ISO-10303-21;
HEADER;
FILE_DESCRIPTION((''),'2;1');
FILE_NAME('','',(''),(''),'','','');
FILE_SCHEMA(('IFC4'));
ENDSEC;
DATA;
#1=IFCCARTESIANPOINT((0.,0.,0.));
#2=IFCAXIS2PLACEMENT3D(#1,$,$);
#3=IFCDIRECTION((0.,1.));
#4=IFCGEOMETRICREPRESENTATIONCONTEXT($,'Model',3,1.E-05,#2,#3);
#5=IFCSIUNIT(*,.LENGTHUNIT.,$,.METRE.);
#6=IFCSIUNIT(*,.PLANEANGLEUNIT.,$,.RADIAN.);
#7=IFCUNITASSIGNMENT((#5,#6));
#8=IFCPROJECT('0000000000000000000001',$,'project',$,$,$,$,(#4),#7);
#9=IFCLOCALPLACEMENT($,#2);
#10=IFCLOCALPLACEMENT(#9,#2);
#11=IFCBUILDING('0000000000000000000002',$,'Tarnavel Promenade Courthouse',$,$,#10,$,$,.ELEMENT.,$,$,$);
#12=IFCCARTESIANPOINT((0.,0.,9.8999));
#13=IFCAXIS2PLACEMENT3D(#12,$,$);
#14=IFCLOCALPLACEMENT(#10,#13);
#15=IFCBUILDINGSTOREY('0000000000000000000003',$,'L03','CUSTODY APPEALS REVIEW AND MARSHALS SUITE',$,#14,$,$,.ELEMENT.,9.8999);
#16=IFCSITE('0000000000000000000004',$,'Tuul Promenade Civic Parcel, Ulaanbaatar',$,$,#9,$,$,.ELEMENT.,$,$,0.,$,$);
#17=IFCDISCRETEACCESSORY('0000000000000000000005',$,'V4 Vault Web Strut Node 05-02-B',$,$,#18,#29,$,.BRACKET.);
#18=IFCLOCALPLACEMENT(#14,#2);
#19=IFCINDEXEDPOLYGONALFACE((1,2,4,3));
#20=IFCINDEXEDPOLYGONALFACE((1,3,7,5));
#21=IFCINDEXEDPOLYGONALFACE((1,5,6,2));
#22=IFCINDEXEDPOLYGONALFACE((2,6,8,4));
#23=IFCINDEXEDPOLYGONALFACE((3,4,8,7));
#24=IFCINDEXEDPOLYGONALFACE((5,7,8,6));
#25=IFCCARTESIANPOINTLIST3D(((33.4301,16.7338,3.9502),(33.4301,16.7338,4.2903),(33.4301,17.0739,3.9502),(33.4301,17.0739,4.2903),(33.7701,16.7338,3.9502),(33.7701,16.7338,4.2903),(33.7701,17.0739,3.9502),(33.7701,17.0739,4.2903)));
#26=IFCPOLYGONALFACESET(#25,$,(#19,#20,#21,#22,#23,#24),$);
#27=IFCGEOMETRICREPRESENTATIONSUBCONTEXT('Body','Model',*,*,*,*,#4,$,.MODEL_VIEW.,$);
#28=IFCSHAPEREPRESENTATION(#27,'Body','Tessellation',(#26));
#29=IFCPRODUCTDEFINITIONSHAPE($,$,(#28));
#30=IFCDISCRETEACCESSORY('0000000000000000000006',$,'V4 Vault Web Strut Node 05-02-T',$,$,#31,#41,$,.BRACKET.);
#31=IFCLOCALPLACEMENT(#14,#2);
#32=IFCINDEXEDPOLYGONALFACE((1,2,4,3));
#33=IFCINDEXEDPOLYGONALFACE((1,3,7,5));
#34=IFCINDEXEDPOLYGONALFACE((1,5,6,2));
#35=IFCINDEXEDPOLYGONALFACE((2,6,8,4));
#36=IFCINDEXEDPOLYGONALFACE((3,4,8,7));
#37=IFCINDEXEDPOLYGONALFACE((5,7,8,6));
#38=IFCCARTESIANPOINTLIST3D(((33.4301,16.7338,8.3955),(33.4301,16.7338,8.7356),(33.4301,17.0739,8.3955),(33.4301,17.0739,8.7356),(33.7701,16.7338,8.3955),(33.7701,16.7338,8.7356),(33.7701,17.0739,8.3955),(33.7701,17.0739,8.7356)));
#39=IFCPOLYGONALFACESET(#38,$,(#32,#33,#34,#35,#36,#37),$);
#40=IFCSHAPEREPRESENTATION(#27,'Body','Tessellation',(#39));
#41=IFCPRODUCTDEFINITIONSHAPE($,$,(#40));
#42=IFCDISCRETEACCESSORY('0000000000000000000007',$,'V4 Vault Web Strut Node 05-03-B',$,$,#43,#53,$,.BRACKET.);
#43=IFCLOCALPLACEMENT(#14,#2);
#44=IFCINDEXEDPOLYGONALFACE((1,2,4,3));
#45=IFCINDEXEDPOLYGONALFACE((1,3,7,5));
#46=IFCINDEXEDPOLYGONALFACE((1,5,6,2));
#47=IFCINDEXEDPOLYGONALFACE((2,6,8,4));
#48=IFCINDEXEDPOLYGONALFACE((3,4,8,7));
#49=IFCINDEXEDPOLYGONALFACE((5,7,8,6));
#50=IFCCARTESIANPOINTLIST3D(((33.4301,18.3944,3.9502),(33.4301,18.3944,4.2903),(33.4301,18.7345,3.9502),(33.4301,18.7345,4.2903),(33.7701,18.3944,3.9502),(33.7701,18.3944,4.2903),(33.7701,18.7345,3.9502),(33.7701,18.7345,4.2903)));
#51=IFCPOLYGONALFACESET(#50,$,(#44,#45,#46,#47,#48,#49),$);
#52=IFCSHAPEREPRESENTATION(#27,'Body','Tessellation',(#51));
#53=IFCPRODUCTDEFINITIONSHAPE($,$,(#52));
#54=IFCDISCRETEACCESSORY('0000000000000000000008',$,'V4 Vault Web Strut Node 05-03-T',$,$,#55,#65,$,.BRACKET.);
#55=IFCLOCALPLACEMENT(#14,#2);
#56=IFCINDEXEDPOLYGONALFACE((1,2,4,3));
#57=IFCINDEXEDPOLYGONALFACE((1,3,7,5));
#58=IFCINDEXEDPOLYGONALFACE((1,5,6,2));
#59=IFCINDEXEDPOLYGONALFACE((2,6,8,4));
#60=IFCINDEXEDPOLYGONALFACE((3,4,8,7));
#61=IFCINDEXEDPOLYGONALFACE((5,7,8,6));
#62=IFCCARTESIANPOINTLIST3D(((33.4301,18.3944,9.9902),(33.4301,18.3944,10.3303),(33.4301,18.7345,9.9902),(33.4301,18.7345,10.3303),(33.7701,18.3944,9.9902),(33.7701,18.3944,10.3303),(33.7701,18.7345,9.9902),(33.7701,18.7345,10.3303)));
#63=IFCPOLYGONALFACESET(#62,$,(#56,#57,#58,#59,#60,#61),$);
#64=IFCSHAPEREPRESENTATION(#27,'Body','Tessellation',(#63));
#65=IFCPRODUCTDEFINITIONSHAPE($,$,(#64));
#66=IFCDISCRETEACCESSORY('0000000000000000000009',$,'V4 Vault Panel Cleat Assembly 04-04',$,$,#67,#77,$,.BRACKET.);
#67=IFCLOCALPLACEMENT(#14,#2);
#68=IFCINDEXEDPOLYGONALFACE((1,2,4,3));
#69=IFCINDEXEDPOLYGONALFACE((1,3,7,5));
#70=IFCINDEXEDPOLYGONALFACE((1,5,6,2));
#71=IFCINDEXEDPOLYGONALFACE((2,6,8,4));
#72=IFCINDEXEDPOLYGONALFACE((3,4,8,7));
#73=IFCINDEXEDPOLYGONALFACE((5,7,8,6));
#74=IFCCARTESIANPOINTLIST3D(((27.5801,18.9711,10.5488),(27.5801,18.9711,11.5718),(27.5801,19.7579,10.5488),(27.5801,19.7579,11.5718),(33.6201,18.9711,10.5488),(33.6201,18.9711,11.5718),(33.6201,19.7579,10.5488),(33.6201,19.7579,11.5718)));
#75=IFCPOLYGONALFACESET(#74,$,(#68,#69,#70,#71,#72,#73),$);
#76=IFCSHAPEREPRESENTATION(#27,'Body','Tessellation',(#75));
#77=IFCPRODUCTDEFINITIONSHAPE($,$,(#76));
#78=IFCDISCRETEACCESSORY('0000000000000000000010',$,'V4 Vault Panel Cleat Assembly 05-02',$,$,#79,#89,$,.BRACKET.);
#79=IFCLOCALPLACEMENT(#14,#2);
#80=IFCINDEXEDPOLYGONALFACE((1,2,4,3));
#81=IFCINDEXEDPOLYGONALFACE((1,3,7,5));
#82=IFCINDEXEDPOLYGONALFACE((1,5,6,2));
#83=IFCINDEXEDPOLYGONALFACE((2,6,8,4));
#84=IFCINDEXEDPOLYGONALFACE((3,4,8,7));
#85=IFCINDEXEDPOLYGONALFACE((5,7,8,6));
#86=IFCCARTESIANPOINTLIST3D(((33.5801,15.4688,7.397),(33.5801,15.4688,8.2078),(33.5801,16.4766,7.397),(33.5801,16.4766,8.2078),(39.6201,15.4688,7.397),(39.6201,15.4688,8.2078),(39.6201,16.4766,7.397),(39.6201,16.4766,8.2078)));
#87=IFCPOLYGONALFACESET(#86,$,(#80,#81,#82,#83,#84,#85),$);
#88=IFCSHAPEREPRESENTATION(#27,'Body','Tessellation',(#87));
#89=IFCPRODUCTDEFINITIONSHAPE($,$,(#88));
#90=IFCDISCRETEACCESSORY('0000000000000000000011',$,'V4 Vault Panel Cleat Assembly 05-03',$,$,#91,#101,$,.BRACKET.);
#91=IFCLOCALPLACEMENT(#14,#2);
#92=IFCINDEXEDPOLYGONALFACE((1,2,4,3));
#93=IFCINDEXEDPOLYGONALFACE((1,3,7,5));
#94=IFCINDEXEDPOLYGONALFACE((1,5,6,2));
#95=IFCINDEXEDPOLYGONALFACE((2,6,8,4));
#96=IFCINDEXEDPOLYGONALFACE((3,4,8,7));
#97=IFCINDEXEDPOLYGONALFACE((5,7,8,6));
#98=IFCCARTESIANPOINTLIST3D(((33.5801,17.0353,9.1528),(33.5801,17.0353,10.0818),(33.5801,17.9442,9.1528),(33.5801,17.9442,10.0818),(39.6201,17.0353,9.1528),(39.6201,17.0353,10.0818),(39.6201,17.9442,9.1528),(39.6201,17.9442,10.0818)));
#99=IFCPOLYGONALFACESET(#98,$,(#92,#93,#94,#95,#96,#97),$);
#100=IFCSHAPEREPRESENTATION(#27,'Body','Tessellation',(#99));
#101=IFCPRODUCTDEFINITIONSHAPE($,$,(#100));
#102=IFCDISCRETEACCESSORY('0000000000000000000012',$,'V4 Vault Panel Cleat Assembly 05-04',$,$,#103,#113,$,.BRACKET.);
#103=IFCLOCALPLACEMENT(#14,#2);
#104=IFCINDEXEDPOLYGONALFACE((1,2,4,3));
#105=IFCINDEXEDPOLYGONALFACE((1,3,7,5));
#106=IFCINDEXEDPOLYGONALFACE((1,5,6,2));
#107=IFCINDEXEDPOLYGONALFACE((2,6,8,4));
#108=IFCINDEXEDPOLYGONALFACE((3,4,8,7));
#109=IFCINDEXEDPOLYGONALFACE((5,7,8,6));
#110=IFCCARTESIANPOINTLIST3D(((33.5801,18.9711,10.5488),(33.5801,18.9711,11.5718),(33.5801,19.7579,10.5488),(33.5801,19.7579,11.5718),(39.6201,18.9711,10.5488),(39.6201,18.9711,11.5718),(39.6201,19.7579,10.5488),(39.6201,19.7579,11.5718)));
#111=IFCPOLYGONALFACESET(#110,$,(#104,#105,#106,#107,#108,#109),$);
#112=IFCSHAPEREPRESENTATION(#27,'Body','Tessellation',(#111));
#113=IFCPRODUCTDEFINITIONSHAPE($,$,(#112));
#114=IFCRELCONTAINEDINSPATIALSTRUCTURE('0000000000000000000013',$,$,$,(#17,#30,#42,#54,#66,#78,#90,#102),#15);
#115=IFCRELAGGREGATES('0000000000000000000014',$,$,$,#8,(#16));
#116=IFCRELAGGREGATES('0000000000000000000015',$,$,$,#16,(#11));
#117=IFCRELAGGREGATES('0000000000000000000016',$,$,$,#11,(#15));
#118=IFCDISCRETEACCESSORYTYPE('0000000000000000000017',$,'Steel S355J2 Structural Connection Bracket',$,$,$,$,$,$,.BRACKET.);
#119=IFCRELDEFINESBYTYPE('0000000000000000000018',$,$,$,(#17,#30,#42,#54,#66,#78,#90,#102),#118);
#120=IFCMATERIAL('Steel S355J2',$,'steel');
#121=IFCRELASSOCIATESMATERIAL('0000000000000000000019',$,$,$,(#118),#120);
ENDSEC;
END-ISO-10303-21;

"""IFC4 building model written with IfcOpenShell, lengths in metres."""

from ifc_helpers import new_model, si_unit, direction, frame, origin, origin_2d, place, context, subcontext, project, spatial, rectangle, extrude, material, type_object, element, save


model = new_model("IFC4")

# Units and contexts
model_context = context("Model", 3, precision=1e-05, world=origin(), true_north=direction((0.0, 1.0)))
body_context = subcontext(model_context, "Body", "Model", "MODEL_VIEW")
ifc_project = project(units=[si_unit("LENGTHUNIT", "METRE"), si_unit("PLANEANGLEUNIT", "RADIAN")], contexts=[model_context])

# Site, building, storey
site_placement = place(None, origin())
site = spatial("IfcSite", under=ifc_project, at=site_placement, Name="Tuul Promenade Civic Parcel, Ulaanbaatar", CompositionType="ELEMENT", RefElevation=0.0)
building_placement = place(site_placement, origin())
building = spatial("IfcBuilding", under=site, at=building_placement, Name="Tarnavel Promenade Courthouse", CompositionType="ELEMENT")
storey_placement = place(building_placement, frame((0.0, 0.0, 9.8999)))
storey = spatial("IfcBuildingStorey", under=building, at=storey_placement, Name="L03", Description="CUSTODY APPEALS REVIEW AND MARSHALS SUITE", CompositionType="ELEMENT", Elevation=9.8999)

# Shared definitions
ifc_material_1 = material(Name="Steel S355J2", Category="steel")

# Discrete accessories
discrete_accessory_type = type_object("IfcDiscreteAccessoryType", Name="Steel S355J2 Structural Connection Bracket", PredefinedType="BRACKET", material=ifc_material_1)
for number, where, z_axis, x_axis, name in (
    (1, (33.6001, 16.9038, 3.9502), (0.0, 0.0, 1.0), (1.0, 0.0, 0.0), "V4 Vault Web Strut Node 05-02-B"),
    (2, (33.6001, 16.9038, 8.3955), (0.0, 0.0, 1.0), (1.0, 0.0, 0.0), "V4 Vault Web Strut Node 05-02-T"),
    (3, (33.6001, 18.5645, 3.9502), (0.0, 0.0, 1.0), (1.0, 0.0, 0.0), "V4 Vault Web Strut Node 05-03-B"),
    (4, (33.6001, 18.5645, 9.9902), (0.0, 0.0, 1.0), (1.0, 0.0, 0.0), "V4 Vault Web Strut Node 05-03-T"),
):
    element("IfcDiscreteAccessory", number, at=place(storey_placement, frame(where, z_axis=z_axis, x_axis=x_axis)), inside=storey, type_object=discrete_accessory_type, Name=name, PredefinedType="BRACKET", context=body_context, shape_type="SweptSolid", body=[
        extrude(rectangle(XDim=0.3401, YDim=0.3401, at=origin_2d()), origin(), (0.0, 0.0, 1.0), 0.3401),
    ])
discrete_accessory_1_placement = place(storey_placement, frame((30.6001, 19.3645, 10.5488), z_axis=(0.0, 0.0, 1.0), x_axis=(1.0, 0.0, 0.0)))
element("IfcDiscreteAccessory", 5, at=discrete_accessory_1_placement, inside=storey, type_object=discrete_accessory_type, Name="V4 Vault Panel Cleat Assembly 04-04", PredefinedType="BRACKET", context=body_context, shape_type="SweptSolid", body=[
    extrude(rectangle(XDim=6.04, YDim=0.7869, at=origin_2d()), origin(), (0.0, 0.0, 1.0), 1.0229),
])
discrete_accessory_2_placement = place(storey_placement, frame((36.6001, 15.9727, 7.397), z_axis=(0.0, 0.0, 1.0), x_axis=(1.0, 0.0, 0.0)))
element("IfcDiscreteAccessory", 6, at=discrete_accessory_2_placement, inside=storey, type_object=discrete_accessory_type, Name="V4 Vault Panel Cleat Assembly 05-02", PredefinedType="BRACKET", context=body_context, shape_type="SweptSolid", body=[
    extrude(rectangle(XDim=6.04, YDim=1.0078, at=origin_2d()), origin(), (0.0, 0.0, 1.0), 0.8108),
])
discrete_accessory_3_placement = place(storey_placement, frame((36.6001, 17.4897, 9.1528), z_axis=(0.0, 0.0, 1.0), x_axis=(1.0, 0.0, 0.0)))
element("IfcDiscreteAccessory", 7, at=discrete_accessory_3_placement, inside=storey, type_object=discrete_accessory_type, Name="V4 Vault Panel Cleat Assembly 05-03", PredefinedType="BRACKET", context=body_context, shape_type="SweptSolid", body=[
    extrude(rectangle(XDim=6.04, YDim=0.9089, at=origin_2d()), origin(), (0.0, 0.0, 1.0), 0.929),
])
discrete_accessory_4_placement = place(storey_placement, frame((36.6001, 19.3645, 10.5488), z_axis=(0.0, 0.0, 1.0), x_axis=(1.0, 0.0, 0.0)))
element("IfcDiscreteAccessory", 8, at=discrete_accessory_4_placement, inside=storey, type_object=discrete_accessory_type, Name="V4 Vault Panel Cleat Assembly 05-04", PredefinedType="BRACKET", context=body_context, shape_type="SweptSolid", body=[
    extrude(rectangle(XDim=6.04, YDim=0.7869, at=origin_2d()), origin(), (0.0, 0.0, 1.0), 1.0229),
])

save(model, "model.ifc")
